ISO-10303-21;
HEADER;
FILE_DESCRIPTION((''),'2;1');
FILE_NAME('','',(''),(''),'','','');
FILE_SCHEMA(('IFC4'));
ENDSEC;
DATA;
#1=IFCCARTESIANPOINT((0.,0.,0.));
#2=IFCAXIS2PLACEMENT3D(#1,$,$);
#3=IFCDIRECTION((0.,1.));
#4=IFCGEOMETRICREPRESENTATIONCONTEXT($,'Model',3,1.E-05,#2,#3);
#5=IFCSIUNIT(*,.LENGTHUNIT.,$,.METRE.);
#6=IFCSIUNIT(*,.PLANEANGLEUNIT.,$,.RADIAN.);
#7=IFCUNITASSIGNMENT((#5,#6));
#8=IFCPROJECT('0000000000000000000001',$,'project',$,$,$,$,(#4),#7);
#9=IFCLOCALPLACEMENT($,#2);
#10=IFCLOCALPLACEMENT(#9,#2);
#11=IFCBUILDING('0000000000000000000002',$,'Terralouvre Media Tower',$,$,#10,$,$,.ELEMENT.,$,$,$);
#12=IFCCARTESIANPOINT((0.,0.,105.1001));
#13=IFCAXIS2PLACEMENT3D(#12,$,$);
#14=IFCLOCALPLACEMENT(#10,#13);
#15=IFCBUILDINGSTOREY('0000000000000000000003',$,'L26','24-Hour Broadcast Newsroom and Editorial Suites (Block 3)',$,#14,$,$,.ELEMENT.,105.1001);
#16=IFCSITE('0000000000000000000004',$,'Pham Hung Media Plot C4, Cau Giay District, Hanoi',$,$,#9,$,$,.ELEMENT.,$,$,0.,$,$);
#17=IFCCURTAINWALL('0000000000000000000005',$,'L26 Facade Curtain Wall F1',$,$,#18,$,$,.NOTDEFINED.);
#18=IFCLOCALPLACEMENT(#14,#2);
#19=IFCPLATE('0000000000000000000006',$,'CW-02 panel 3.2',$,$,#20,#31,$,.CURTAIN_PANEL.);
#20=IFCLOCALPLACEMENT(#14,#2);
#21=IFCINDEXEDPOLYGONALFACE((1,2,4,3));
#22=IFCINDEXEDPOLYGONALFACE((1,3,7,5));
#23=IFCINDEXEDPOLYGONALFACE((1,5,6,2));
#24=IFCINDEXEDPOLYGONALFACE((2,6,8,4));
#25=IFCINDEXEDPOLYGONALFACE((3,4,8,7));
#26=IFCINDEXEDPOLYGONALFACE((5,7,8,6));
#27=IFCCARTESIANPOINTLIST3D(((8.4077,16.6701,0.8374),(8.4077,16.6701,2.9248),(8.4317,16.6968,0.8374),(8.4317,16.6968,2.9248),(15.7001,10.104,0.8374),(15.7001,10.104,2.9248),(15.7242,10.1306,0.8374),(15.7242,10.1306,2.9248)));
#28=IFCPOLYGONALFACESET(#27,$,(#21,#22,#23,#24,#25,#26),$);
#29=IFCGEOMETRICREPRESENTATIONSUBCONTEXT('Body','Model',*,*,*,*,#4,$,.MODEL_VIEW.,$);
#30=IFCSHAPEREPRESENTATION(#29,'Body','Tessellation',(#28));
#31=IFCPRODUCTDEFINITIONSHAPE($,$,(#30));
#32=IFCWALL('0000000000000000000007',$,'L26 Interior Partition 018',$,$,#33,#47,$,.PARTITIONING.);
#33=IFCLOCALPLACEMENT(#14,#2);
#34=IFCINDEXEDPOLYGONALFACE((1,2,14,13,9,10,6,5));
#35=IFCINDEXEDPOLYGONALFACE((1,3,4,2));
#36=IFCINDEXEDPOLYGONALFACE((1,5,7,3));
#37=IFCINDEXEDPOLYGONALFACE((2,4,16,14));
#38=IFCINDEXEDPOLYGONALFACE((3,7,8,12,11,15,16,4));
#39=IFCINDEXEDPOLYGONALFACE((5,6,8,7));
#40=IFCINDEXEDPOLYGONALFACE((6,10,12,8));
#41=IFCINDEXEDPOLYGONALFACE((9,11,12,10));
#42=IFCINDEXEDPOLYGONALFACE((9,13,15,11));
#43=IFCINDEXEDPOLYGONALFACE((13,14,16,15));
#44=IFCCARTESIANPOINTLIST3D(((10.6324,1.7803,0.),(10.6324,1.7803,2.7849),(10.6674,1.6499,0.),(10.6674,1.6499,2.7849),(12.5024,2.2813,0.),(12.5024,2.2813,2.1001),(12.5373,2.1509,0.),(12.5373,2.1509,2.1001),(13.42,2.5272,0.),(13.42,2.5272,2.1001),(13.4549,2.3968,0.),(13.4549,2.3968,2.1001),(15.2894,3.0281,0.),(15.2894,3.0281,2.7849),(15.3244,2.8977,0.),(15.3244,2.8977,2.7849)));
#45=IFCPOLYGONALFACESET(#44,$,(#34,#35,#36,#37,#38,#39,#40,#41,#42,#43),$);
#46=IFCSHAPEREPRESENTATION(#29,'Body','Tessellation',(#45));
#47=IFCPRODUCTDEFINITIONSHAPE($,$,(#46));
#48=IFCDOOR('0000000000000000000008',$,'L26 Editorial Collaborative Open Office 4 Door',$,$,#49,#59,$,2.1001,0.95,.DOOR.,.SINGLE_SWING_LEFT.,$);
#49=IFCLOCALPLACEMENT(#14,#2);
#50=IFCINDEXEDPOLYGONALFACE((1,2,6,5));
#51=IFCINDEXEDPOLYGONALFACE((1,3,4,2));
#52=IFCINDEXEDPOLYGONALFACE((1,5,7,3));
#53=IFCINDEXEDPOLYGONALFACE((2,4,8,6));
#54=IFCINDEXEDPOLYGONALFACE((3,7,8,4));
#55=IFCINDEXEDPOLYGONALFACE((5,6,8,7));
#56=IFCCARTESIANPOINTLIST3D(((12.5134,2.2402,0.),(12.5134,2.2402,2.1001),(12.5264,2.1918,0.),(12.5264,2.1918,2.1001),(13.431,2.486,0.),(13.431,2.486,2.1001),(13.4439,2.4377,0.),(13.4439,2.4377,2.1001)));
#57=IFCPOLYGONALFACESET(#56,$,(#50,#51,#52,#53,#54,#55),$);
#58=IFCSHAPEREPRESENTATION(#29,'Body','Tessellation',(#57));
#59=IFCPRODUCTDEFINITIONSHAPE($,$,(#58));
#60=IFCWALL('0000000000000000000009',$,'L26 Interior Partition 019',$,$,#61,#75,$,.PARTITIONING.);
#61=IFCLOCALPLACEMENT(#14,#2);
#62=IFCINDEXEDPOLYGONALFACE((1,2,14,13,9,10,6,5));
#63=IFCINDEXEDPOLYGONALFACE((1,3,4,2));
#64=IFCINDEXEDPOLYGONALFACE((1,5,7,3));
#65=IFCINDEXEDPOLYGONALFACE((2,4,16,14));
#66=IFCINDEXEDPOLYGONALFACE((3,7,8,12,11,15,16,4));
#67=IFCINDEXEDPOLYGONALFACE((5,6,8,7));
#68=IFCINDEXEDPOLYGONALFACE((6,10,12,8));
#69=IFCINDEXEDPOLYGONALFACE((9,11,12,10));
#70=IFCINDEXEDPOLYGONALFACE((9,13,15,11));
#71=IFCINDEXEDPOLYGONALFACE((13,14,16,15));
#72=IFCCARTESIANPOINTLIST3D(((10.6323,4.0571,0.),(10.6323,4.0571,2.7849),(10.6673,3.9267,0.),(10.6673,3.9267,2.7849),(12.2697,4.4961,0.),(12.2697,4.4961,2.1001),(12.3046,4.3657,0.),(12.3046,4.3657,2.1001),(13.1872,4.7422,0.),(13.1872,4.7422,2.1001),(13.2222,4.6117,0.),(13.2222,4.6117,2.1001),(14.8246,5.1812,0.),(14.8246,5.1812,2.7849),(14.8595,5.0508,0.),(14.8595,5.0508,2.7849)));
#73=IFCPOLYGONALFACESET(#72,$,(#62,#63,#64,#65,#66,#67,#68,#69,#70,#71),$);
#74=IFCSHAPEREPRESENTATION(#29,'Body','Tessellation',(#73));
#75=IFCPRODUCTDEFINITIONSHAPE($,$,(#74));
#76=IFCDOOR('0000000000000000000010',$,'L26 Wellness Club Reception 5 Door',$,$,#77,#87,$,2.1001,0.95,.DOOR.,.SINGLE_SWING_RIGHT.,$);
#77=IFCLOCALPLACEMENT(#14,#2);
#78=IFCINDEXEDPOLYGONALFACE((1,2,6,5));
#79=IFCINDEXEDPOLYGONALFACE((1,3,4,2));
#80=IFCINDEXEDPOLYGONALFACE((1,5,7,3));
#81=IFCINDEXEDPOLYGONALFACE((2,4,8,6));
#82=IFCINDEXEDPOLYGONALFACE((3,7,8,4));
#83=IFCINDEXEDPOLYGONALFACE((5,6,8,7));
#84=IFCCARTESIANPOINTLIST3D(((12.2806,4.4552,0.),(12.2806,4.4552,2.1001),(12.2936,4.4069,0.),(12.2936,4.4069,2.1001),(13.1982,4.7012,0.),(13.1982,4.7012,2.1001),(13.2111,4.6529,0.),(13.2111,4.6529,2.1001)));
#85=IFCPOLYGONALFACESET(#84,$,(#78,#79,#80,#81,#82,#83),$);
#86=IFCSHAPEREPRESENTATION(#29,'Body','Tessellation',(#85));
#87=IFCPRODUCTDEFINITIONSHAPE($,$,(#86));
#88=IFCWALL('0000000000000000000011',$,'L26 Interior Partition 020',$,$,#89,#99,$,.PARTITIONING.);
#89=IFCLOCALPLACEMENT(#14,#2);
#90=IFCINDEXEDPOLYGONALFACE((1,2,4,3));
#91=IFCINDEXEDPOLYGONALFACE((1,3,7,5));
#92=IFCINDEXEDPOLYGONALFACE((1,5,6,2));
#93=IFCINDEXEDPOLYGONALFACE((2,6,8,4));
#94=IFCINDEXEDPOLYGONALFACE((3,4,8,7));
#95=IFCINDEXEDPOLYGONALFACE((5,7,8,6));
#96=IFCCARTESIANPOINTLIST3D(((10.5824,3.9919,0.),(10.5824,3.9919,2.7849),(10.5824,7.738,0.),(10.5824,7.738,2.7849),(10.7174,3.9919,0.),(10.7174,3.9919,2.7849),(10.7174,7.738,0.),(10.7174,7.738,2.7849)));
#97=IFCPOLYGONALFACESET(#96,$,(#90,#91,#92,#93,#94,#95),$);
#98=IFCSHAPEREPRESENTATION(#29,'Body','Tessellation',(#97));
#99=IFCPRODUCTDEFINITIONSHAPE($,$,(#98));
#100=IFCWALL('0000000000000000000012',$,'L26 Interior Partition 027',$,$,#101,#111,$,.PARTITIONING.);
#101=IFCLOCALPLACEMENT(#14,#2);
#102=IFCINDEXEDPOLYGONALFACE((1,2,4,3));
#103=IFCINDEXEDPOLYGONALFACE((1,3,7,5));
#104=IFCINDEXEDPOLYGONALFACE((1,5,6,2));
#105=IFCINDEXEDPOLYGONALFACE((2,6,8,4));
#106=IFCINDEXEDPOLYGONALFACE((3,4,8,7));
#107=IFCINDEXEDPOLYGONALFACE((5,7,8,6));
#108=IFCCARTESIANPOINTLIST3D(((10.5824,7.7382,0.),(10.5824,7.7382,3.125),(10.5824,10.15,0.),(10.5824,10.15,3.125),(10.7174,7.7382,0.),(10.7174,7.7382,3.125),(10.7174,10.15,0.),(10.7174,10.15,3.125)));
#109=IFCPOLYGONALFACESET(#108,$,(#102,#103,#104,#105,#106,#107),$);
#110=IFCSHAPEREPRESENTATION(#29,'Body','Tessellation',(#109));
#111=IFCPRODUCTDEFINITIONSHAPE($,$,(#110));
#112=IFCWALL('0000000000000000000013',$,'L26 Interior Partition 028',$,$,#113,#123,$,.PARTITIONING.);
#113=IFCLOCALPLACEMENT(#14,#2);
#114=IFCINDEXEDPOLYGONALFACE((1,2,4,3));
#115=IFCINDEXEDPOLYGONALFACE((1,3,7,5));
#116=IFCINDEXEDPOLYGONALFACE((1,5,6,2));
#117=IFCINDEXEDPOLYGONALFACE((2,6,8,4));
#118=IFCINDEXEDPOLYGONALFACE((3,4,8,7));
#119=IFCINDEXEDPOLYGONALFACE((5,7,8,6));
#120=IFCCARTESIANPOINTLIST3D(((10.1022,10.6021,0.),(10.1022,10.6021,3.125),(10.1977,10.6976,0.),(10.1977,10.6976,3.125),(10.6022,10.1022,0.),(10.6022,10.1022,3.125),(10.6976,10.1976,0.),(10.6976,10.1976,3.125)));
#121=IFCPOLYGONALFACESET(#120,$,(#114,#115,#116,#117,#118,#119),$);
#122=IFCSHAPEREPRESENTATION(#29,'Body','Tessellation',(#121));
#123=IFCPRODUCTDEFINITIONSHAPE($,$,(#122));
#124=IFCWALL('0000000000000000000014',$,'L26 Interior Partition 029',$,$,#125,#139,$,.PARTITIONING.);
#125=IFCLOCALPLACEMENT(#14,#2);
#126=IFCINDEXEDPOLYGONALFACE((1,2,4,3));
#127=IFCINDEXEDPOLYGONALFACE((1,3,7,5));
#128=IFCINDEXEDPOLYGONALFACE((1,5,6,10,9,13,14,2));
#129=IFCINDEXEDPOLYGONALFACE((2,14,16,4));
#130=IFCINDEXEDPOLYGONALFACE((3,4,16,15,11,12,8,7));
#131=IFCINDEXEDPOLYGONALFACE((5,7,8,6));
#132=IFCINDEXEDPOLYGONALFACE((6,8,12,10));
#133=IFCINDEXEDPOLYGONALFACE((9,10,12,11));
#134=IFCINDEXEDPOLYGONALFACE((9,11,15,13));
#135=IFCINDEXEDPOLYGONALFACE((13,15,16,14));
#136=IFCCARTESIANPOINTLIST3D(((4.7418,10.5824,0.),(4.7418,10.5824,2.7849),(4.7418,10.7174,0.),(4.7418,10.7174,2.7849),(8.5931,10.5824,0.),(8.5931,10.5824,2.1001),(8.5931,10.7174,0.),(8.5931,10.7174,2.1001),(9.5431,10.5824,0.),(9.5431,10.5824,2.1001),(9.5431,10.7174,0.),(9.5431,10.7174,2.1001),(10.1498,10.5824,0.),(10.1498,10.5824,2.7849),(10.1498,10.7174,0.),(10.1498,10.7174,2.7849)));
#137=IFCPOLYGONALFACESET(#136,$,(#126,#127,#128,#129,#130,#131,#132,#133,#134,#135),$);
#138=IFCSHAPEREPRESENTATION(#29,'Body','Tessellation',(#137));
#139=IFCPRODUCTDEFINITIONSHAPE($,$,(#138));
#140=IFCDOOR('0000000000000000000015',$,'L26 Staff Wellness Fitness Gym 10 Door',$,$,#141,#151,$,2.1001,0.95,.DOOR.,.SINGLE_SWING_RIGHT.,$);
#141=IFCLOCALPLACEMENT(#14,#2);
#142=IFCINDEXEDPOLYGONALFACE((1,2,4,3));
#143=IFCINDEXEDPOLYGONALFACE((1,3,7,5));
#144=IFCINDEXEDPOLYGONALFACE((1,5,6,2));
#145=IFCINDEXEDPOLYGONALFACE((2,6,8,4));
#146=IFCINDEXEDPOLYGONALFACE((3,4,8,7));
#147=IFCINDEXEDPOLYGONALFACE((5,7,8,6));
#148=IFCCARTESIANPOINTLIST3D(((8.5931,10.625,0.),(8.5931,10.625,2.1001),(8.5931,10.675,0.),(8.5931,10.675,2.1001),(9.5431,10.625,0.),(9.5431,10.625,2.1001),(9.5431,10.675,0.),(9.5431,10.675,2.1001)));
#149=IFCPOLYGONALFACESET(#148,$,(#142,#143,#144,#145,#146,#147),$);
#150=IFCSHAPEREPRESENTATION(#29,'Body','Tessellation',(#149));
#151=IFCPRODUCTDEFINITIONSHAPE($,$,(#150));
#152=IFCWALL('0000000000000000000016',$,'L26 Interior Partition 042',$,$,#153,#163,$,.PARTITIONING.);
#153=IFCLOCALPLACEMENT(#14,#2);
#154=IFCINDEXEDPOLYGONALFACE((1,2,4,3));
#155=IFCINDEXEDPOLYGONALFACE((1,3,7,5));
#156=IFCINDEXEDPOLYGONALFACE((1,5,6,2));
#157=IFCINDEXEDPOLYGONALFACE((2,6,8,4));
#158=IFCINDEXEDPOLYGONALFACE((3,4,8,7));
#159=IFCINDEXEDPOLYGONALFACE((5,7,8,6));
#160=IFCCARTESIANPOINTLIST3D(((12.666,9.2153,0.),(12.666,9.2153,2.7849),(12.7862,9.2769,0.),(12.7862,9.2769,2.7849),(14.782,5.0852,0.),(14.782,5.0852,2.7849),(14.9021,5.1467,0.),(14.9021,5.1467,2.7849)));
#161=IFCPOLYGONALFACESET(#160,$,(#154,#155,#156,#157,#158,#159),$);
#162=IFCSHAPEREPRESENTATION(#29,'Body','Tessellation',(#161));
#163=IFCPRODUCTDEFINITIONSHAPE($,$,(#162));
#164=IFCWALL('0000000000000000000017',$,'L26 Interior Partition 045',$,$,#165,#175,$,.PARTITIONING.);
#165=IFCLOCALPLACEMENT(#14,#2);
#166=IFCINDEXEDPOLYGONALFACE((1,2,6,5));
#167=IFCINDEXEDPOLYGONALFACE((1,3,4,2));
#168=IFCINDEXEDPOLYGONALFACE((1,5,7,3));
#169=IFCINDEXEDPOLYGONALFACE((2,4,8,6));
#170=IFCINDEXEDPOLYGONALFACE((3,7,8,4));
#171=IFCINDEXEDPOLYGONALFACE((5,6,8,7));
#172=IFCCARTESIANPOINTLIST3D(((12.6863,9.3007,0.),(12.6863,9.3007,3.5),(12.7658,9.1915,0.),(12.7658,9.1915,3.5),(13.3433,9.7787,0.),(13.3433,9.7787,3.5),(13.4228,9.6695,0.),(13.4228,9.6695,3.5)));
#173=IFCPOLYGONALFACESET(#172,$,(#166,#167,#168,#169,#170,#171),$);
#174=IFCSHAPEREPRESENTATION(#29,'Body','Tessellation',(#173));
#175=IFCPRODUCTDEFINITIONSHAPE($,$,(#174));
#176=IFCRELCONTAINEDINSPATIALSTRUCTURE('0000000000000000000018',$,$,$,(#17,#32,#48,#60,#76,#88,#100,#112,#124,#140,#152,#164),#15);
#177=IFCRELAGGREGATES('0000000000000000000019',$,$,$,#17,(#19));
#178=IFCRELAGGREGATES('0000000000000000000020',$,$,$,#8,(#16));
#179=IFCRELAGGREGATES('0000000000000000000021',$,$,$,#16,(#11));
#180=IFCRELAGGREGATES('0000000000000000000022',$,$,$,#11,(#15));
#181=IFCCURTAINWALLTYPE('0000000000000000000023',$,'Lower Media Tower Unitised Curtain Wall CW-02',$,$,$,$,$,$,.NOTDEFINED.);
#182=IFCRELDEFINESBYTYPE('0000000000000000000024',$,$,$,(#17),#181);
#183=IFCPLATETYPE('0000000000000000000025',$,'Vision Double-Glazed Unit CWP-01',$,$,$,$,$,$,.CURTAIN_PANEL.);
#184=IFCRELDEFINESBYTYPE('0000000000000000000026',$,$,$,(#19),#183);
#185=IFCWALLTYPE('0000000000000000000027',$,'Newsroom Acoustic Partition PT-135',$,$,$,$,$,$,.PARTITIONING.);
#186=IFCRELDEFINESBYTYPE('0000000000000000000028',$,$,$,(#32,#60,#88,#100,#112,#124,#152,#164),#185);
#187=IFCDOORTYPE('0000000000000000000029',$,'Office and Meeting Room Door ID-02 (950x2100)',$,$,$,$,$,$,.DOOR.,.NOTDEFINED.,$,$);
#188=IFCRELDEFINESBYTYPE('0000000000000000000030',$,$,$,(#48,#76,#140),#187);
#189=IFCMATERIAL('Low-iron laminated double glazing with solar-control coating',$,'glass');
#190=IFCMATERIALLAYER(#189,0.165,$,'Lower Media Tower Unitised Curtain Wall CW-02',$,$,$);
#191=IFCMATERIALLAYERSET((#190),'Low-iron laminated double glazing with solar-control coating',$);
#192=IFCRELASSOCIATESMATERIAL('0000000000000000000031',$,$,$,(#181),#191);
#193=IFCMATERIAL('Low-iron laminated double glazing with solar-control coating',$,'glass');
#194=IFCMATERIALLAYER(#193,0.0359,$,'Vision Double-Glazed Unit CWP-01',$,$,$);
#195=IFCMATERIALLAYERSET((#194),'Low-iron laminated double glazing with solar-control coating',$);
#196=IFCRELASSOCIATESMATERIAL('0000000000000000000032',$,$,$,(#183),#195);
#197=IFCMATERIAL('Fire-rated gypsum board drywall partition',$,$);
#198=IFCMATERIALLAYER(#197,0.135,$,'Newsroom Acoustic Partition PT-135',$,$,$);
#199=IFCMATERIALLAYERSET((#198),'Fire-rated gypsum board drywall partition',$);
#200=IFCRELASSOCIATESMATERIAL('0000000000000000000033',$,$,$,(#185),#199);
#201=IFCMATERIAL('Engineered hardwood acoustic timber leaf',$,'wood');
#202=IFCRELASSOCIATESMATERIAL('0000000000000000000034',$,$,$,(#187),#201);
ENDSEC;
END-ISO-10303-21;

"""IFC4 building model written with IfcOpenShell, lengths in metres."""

from ifc_helpers import new_model, si_unit, direction, frame, frame_2d, origin, origin_2d, place, context, subcontext, project, spatial, rectangle, extrude, material, layer, layer_set, type_object, element, fill, aggregate, save


model = new_model("IFC4")

# Units and contexts
model_context = context("Model", 3, precision=1e-05, world=origin(), true_north=direction((0.0, 1.0)))
body_context = subcontext(model_context, "Body", "Model", "MODEL_VIEW")
ifc_project = project(units=[si_unit("LENGTHUNIT", "METRE"), si_unit("PLANEANGLEUNIT", "RADIAN")], contexts=[model_context])

# Site, building, storey
site_placement = place(None, origin())
site = spatial("IfcSite", under=ifc_project, at=site_placement, Name="Pham Hung Media Plot C4, Cau Giay District, Hanoi", CompositionType="ELEMENT", RefElevation=0.0)
building_placement = place(site_placement, origin())
building = spatial("IfcBuilding", under=site, at=building_placement, Name="Terralouvre Media Tower", CompositionType="ELEMENT")
storey_placement = place(building_placement, frame((0.0, 0.0, 105.1001)))
storey = spatial("IfcBuildingStorey", under=building, at=storey_placement, Name="L26", Description="24-Hour Broadcast Newsroom and Editorial Suites (Block 3)", CompositionType="ELEMENT", Elevation=105.1001)

# Curtain wall
ifc_material_1 = material(Name="Low-iron laminated double glazing with solar-control coating", Category="glass")
ifc_layer_1 = layer(ifc_material_1, 0.165, Name="Lower Media Tower Unitised Curtain Wall CW-02")
ifc_layer_set_1 = layer_set([ifc_layer_1], Name="Low-iron laminated double glazing with solar-control coating")
curtain_wall_type = type_object("IfcCurtainWallType", Name="Lower Media Tower Unitised Curtain Wall CW-02", PredefinedType="NOTDEFINED", material=ifc_layer_set_1)
curtain_wall_placement = place(storey_placement, origin())
curtain_wall = element("IfcCurtainWall", 1, at=curtain_wall_placement, inside=storey, type_object=curtain_wall_type, Name="L26 Facade Curtain Wall F1", PredefinedType="NOTDEFINED")

# Plate
ifc_material_2 = material(Name="Low-iron laminated double glazing with solar-control coating", Category="glass")
ifc_layer_2 = layer(ifc_material_2, 0.0359, Name="Vision Double-Glazed Unit CWP-01")
ifc_layer_set_2 = layer_set([ifc_layer_2], Name="Low-iron laminated double glazing with solar-control coating")
plate_type = type_object("IfcPlateType", Name="Vision Double-Glazed Unit CWP-01", PredefinedType="CURTAIN_PANEL", material=ifc_layer_set_2)
plate_1_placement = place(storey_placement, frame((12.0659, 13.4004, 0.8374), z_axis=(0.0, 0.0, 1.0), x_axis=(-0.743145, 0.669131, 0.0)))
plate_1 = element("IfcPlate", 2, at=plate_1_placement, type_object=plate_type, Name="CW-02 panel 3.2", PredefinedType="CURTAIN_PANEL", context=body_context, shape_type="SweptSolid", body=[
    extrude(rectangle(XDim=9.813, YDim=0.0359, at=origin_2d()), origin(), (0.0, 0.0, 1.0), 2.0874),
])
aggregate(curtain_wall, [plate_1])

# Walls, openings, doors
ifc_material_3 = material(Name="Fire-rated gypsum board drywall partition")
ifc_layer_3 = layer(ifc_material_3, 0.135, Name="Newsroom Acoustic Partition PT-135")
ifc_layer_set_3 = layer_set([ifc_layer_3], Name="Fire-rated gypsum board drywall partition")
wall_type = type_object("IfcWallType", Name="Newsroom Acoustic Partition PT-135", PredefinedType="PARTITIONING", material=ifc_layer_set_3)
wall_1_placement = place(storey_placement, frame((10.6499, 1.7151, 0.0), z_axis=(0.0, 0.0, 1.0), x_axis=(0.965927, 0.258813, 0.0)))
wall_1 = element("IfcWall", 3, at=wall_1_placement, inside=storey, type_object=wall_type, Name="L26 Interior Partition 018", PredefinedType="PARTITIONING", context=body_context, shape_type="SweptSolid", body=[
    extrude(rectangle(XDim=4.8213, YDim=0.135, at=frame_2d((2.4106, 0.0))), origin(), (0.0, 0.0, 1.0), 2.7849),
])
opening_1_placement = place(wall_1_placement, frame((1.9358, 0.0, 0.0)))
opening_1 = element("IfcOpeningElement", 4, at=opening_1_placement, cuts=wall_1, PredefinedType="OPENING", context=body_context, shape_type="SweptSolid", body=[
    extrude(rectangle(XDim=0.95, YDim=2.1001, at=frame_2d((0.4751, 1.05))), frame((0.0, 0.0774, 0.0), z_axis=(0.0, -1.0, 0.0), x_axis=(1.0, 0.0, 0.0)), (0.0, 0.0, 1.0), 0.155),
])
ifc_material_4 = material(Name="Engineered hardwood acoustic timber leaf", Category="wood")
door_type = type_object("IfcDoorType", Name="Office and Meeting Room Door ID-02 (950x2100)", OperationType="NOTDEFINED", PredefinedType="DOOR", material=ifc_material_4)
door_1_placement = place(opening_1_placement, origin())
door_1 = element("IfcDoor", 5, at=door_1_placement, inside=storey, type_object=door_type, Name="L26 Editorial Collaborative Open Office 4 Door", OperationType="SINGLE_SWING_LEFT", OverallHeight=2.1001, OverallWidth=0.95, PredefinedType="DOOR", context=body_context, shape_type="SweptSolid", body=[
    extrude(rectangle(XDim=0.95, YDim=2.1001, at=frame_2d((0.4751, 1.05))), frame((0.0, 0.0249, 0.0), z_axis=(0.0, -1.0, 0.0), x_axis=(1.0, 0.0, 0.0)), (0.0, 0.0, 1.0), 0.05),
])
fill(opening_1, door_1)
wall_2_placement = place(storey_placement, frame((14.842, 5.116, 0.0), z_axis=(0.0, 0.0, 1.0), x_axis=(-0.965883, -0.258979, 0.0)))
wall_2 = element("IfcWall", 6, at=wall_2_placement, inside=storey, type_object=wall_type, Name="L26 Interior Partition 019", PredefinedType="PARTITIONING", context=body_context, shape_type="SweptSolid", body=[
    extrude(rectangle(XDim=4.3403, YDim=0.135, at=frame_2d((2.1702, 0.0))), origin(), (0.0, 0.0, 1.0), 2.7849),
])
opening_2_placement = place(wall_2_placement, frame((1.6951, 0.0, 0.0)))
opening_2 = element("IfcOpeningElement", 7, at=opening_2_placement, cuts=wall_2, PredefinedType="OPENING", context=body_context, shape_type="SweptSolid", body=[
    extrude(rectangle(XDim=0.95, YDim=2.1001, at=frame_2d((0.4751, 1.05))), frame((0.0, 0.0774, 0.0), z_axis=(0.0, -1.0, 0.0), x_axis=(1.0, 0.0, 0.0)), (0.0, 0.0, 1.0), 0.155),
])
door_2_placement = place(opening_2_placement, origin())
door_2 = element("IfcDoor", 8, at=door_2_placement, inside=storey, type_object=door_type, Name="L26 Wellness Club Reception 5 Door", OperationType="SINGLE_SWING_RIGHT", OverallHeight=2.1001, OverallWidth=0.95, PredefinedType="DOOR", context=body_context, shape_type="SweptSolid", body=[
    extrude(rectangle(XDim=0.95, YDim=2.1001, at=frame_2d((0.4751, 1.05))), frame((0.0, 0.0249, 0.0), z_axis=(0.0, -1.0, 0.0), x_axis=(1.0, 0.0, 0.0)), (0.0, 0.0, 1.0), 0.05),
])
fill(opening_2, door_2)

# Walls
wall_3_placement = place(storey_placement, frame((10.6499, 3.9919, 0.0), z_axis=(0.0, 0.0, 1.0), x_axis=(0.0, 1.0, 0.0)))
element("IfcWall", 9, at=wall_3_placement, inside=storey, type_object=wall_type, Name="L26 Interior Partition 020", PredefinedType="PARTITIONING", context=body_context, shape_type="SweptSolid", body=[
    extrude(rectangle(XDim=3.7461, YDim=0.135, at=frame_2d((1.873, 0.0))), origin(), (0.0, 0.0, 1.0), 2.7849),
])
wall_4_placement = place(storey_placement, frame((10.6499, 7.738, 0.0), z_axis=(0.0, 0.0, 1.0), x_axis=(0.0, 1.0, 0.0)))
element("IfcWall", 10, at=wall_4_placement, inside=storey, type_object=wall_type, Name="L26 Interior Partition 027", PredefinedType="PARTITIONING", context=body_context, shape_type="SweptSolid", body=[
    extrude(rectangle(XDim=2.4119, YDim=0.135, at=frame_2d((1.2061, 0.0))), origin(), (0.0, 0.0, 1.0), 3.125),
])
wall_5_placement = place(storey_placement, frame((10.6499, 10.1499, 0.0), z_axis=(0.0, 0.0, 1.0), x_axis=(-0.707107, 0.707107, 0.0)))
element("IfcWall", 11, at=wall_5_placement, inside=storey, type_object=wall_type, Name="L26 Interior Partition 028", PredefinedType="PARTITIONING", context=body_context, shape_type="SweptSolid", body=[
    extrude(rectangle(XDim=0.707, YDim=0.135, at=frame_2d((0.3535, 0.0))), origin(), (0.0, 0.0, 1.0), 3.125),
])

# Wall, opening, door
wall_6_placement = place(storey_placement, frame((10.1499, 10.6499, 0.0), z_axis=(0.0, 0.0, 1.0), x_axis=(-1.0, 0.0, 0.0)))
wall_6 = element("IfcWall", 12, at=wall_6_placement, inside=storey, type_object=wall_type, Name="L26 Interior Partition 029", PredefinedType="PARTITIONING", context=body_context, shape_type="SweptSolid", body=[
    extrude(rectangle(XDim=5.408, YDim=0.135, at=frame_2d((2.7041, 0.0))), origin(), (0.0, 0.0, 1.0), 2.7849),
])
opening_3_placement = place(wall_6_placement, frame((0.6067, 0.0, 0.0)))
opening_3 = element("IfcOpeningElement", 13, at=opening_3_placement, cuts=wall_6, PredefinedType="OPENING", context=body_context, shape_type="SweptSolid", body=[
    extrude(rectangle(XDim=0.95, YDim=2.1001, at=frame_2d((0.4751, 1.05))), frame((0.0, 0.0774, 0.0), z_axis=(0.0, -1.0, 0.0), x_axis=(1.0, 0.0, 0.0)), (0.0, 0.0, 1.0), 0.155),
])
door_3_placement = place(opening_3_placement, origin())
door_3 = element("IfcDoor", 14, at=door_3_placement, inside=storey, type_object=door_type, Name="L26 Staff Wellness Fitness Gym 10 Door", OperationType="SINGLE_SWING_RIGHT", OverallHeight=2.1001, OverallWidth=0.95, PredefinedType="DOOR", context=body_context, shape_type="SweptSolid", body=[
    extrude(rectangle(XDim=0.95, YDim=2.1001, at=frame_2d((0.4751, 1.05))), frame((0.0, 0.0249, 0.0), z_axis=(0.0, -1.0, 0.0), x_axis=(1.0, 0.0, 0.0)), (0.0, 0.0, 1.0), 0.05),
])
fill(opening_3, door_3)

# Walls
wall_7_placement = place(storey_placement, frame((12.7261, 9.2461, 0.0), z_axis=(0.0, 0.0, 1.0), x_axis=(0.455967, -0.889997, 0.0)))
element("IfcWall", 15, at=wall_7_placement, inside=storey, type_object=wall_type, Name="L26 Interior Partition 042", PredefinedType="PARTITIONING", context=body_context, shape_type="SweptSolid", body=[
    extrude(rectangle(XDim=4.6406, YDim=0.135, at=frame_2d((2.3203, 0.0))), origin(), (0.0, 0.0, 1.0), 2.7849),
])
wall_8_placement = place(storey_placement, frame((13.3831, 9.7241, 0.0), z_axis=(0.0, 0.0, 1.0), x_axis=(-0.808606, -0.58835, 0.0)))
element("IfcWall", 16, at=wall_8_placement, inside=storey, type_object=wall_type, Name="L26 Interior Partition 045", PredefinedType="PARTITIONING", context=body_context, shape_type="SweptSolid", body=[
    extrude(rectangle(XDim=0.8125, YDim=0.135, at=frame_2d((0.4062, 0.0))), origin(), (0.0, 0.0, 1.0), 3.5),
])

save(model, "model.ifc")
